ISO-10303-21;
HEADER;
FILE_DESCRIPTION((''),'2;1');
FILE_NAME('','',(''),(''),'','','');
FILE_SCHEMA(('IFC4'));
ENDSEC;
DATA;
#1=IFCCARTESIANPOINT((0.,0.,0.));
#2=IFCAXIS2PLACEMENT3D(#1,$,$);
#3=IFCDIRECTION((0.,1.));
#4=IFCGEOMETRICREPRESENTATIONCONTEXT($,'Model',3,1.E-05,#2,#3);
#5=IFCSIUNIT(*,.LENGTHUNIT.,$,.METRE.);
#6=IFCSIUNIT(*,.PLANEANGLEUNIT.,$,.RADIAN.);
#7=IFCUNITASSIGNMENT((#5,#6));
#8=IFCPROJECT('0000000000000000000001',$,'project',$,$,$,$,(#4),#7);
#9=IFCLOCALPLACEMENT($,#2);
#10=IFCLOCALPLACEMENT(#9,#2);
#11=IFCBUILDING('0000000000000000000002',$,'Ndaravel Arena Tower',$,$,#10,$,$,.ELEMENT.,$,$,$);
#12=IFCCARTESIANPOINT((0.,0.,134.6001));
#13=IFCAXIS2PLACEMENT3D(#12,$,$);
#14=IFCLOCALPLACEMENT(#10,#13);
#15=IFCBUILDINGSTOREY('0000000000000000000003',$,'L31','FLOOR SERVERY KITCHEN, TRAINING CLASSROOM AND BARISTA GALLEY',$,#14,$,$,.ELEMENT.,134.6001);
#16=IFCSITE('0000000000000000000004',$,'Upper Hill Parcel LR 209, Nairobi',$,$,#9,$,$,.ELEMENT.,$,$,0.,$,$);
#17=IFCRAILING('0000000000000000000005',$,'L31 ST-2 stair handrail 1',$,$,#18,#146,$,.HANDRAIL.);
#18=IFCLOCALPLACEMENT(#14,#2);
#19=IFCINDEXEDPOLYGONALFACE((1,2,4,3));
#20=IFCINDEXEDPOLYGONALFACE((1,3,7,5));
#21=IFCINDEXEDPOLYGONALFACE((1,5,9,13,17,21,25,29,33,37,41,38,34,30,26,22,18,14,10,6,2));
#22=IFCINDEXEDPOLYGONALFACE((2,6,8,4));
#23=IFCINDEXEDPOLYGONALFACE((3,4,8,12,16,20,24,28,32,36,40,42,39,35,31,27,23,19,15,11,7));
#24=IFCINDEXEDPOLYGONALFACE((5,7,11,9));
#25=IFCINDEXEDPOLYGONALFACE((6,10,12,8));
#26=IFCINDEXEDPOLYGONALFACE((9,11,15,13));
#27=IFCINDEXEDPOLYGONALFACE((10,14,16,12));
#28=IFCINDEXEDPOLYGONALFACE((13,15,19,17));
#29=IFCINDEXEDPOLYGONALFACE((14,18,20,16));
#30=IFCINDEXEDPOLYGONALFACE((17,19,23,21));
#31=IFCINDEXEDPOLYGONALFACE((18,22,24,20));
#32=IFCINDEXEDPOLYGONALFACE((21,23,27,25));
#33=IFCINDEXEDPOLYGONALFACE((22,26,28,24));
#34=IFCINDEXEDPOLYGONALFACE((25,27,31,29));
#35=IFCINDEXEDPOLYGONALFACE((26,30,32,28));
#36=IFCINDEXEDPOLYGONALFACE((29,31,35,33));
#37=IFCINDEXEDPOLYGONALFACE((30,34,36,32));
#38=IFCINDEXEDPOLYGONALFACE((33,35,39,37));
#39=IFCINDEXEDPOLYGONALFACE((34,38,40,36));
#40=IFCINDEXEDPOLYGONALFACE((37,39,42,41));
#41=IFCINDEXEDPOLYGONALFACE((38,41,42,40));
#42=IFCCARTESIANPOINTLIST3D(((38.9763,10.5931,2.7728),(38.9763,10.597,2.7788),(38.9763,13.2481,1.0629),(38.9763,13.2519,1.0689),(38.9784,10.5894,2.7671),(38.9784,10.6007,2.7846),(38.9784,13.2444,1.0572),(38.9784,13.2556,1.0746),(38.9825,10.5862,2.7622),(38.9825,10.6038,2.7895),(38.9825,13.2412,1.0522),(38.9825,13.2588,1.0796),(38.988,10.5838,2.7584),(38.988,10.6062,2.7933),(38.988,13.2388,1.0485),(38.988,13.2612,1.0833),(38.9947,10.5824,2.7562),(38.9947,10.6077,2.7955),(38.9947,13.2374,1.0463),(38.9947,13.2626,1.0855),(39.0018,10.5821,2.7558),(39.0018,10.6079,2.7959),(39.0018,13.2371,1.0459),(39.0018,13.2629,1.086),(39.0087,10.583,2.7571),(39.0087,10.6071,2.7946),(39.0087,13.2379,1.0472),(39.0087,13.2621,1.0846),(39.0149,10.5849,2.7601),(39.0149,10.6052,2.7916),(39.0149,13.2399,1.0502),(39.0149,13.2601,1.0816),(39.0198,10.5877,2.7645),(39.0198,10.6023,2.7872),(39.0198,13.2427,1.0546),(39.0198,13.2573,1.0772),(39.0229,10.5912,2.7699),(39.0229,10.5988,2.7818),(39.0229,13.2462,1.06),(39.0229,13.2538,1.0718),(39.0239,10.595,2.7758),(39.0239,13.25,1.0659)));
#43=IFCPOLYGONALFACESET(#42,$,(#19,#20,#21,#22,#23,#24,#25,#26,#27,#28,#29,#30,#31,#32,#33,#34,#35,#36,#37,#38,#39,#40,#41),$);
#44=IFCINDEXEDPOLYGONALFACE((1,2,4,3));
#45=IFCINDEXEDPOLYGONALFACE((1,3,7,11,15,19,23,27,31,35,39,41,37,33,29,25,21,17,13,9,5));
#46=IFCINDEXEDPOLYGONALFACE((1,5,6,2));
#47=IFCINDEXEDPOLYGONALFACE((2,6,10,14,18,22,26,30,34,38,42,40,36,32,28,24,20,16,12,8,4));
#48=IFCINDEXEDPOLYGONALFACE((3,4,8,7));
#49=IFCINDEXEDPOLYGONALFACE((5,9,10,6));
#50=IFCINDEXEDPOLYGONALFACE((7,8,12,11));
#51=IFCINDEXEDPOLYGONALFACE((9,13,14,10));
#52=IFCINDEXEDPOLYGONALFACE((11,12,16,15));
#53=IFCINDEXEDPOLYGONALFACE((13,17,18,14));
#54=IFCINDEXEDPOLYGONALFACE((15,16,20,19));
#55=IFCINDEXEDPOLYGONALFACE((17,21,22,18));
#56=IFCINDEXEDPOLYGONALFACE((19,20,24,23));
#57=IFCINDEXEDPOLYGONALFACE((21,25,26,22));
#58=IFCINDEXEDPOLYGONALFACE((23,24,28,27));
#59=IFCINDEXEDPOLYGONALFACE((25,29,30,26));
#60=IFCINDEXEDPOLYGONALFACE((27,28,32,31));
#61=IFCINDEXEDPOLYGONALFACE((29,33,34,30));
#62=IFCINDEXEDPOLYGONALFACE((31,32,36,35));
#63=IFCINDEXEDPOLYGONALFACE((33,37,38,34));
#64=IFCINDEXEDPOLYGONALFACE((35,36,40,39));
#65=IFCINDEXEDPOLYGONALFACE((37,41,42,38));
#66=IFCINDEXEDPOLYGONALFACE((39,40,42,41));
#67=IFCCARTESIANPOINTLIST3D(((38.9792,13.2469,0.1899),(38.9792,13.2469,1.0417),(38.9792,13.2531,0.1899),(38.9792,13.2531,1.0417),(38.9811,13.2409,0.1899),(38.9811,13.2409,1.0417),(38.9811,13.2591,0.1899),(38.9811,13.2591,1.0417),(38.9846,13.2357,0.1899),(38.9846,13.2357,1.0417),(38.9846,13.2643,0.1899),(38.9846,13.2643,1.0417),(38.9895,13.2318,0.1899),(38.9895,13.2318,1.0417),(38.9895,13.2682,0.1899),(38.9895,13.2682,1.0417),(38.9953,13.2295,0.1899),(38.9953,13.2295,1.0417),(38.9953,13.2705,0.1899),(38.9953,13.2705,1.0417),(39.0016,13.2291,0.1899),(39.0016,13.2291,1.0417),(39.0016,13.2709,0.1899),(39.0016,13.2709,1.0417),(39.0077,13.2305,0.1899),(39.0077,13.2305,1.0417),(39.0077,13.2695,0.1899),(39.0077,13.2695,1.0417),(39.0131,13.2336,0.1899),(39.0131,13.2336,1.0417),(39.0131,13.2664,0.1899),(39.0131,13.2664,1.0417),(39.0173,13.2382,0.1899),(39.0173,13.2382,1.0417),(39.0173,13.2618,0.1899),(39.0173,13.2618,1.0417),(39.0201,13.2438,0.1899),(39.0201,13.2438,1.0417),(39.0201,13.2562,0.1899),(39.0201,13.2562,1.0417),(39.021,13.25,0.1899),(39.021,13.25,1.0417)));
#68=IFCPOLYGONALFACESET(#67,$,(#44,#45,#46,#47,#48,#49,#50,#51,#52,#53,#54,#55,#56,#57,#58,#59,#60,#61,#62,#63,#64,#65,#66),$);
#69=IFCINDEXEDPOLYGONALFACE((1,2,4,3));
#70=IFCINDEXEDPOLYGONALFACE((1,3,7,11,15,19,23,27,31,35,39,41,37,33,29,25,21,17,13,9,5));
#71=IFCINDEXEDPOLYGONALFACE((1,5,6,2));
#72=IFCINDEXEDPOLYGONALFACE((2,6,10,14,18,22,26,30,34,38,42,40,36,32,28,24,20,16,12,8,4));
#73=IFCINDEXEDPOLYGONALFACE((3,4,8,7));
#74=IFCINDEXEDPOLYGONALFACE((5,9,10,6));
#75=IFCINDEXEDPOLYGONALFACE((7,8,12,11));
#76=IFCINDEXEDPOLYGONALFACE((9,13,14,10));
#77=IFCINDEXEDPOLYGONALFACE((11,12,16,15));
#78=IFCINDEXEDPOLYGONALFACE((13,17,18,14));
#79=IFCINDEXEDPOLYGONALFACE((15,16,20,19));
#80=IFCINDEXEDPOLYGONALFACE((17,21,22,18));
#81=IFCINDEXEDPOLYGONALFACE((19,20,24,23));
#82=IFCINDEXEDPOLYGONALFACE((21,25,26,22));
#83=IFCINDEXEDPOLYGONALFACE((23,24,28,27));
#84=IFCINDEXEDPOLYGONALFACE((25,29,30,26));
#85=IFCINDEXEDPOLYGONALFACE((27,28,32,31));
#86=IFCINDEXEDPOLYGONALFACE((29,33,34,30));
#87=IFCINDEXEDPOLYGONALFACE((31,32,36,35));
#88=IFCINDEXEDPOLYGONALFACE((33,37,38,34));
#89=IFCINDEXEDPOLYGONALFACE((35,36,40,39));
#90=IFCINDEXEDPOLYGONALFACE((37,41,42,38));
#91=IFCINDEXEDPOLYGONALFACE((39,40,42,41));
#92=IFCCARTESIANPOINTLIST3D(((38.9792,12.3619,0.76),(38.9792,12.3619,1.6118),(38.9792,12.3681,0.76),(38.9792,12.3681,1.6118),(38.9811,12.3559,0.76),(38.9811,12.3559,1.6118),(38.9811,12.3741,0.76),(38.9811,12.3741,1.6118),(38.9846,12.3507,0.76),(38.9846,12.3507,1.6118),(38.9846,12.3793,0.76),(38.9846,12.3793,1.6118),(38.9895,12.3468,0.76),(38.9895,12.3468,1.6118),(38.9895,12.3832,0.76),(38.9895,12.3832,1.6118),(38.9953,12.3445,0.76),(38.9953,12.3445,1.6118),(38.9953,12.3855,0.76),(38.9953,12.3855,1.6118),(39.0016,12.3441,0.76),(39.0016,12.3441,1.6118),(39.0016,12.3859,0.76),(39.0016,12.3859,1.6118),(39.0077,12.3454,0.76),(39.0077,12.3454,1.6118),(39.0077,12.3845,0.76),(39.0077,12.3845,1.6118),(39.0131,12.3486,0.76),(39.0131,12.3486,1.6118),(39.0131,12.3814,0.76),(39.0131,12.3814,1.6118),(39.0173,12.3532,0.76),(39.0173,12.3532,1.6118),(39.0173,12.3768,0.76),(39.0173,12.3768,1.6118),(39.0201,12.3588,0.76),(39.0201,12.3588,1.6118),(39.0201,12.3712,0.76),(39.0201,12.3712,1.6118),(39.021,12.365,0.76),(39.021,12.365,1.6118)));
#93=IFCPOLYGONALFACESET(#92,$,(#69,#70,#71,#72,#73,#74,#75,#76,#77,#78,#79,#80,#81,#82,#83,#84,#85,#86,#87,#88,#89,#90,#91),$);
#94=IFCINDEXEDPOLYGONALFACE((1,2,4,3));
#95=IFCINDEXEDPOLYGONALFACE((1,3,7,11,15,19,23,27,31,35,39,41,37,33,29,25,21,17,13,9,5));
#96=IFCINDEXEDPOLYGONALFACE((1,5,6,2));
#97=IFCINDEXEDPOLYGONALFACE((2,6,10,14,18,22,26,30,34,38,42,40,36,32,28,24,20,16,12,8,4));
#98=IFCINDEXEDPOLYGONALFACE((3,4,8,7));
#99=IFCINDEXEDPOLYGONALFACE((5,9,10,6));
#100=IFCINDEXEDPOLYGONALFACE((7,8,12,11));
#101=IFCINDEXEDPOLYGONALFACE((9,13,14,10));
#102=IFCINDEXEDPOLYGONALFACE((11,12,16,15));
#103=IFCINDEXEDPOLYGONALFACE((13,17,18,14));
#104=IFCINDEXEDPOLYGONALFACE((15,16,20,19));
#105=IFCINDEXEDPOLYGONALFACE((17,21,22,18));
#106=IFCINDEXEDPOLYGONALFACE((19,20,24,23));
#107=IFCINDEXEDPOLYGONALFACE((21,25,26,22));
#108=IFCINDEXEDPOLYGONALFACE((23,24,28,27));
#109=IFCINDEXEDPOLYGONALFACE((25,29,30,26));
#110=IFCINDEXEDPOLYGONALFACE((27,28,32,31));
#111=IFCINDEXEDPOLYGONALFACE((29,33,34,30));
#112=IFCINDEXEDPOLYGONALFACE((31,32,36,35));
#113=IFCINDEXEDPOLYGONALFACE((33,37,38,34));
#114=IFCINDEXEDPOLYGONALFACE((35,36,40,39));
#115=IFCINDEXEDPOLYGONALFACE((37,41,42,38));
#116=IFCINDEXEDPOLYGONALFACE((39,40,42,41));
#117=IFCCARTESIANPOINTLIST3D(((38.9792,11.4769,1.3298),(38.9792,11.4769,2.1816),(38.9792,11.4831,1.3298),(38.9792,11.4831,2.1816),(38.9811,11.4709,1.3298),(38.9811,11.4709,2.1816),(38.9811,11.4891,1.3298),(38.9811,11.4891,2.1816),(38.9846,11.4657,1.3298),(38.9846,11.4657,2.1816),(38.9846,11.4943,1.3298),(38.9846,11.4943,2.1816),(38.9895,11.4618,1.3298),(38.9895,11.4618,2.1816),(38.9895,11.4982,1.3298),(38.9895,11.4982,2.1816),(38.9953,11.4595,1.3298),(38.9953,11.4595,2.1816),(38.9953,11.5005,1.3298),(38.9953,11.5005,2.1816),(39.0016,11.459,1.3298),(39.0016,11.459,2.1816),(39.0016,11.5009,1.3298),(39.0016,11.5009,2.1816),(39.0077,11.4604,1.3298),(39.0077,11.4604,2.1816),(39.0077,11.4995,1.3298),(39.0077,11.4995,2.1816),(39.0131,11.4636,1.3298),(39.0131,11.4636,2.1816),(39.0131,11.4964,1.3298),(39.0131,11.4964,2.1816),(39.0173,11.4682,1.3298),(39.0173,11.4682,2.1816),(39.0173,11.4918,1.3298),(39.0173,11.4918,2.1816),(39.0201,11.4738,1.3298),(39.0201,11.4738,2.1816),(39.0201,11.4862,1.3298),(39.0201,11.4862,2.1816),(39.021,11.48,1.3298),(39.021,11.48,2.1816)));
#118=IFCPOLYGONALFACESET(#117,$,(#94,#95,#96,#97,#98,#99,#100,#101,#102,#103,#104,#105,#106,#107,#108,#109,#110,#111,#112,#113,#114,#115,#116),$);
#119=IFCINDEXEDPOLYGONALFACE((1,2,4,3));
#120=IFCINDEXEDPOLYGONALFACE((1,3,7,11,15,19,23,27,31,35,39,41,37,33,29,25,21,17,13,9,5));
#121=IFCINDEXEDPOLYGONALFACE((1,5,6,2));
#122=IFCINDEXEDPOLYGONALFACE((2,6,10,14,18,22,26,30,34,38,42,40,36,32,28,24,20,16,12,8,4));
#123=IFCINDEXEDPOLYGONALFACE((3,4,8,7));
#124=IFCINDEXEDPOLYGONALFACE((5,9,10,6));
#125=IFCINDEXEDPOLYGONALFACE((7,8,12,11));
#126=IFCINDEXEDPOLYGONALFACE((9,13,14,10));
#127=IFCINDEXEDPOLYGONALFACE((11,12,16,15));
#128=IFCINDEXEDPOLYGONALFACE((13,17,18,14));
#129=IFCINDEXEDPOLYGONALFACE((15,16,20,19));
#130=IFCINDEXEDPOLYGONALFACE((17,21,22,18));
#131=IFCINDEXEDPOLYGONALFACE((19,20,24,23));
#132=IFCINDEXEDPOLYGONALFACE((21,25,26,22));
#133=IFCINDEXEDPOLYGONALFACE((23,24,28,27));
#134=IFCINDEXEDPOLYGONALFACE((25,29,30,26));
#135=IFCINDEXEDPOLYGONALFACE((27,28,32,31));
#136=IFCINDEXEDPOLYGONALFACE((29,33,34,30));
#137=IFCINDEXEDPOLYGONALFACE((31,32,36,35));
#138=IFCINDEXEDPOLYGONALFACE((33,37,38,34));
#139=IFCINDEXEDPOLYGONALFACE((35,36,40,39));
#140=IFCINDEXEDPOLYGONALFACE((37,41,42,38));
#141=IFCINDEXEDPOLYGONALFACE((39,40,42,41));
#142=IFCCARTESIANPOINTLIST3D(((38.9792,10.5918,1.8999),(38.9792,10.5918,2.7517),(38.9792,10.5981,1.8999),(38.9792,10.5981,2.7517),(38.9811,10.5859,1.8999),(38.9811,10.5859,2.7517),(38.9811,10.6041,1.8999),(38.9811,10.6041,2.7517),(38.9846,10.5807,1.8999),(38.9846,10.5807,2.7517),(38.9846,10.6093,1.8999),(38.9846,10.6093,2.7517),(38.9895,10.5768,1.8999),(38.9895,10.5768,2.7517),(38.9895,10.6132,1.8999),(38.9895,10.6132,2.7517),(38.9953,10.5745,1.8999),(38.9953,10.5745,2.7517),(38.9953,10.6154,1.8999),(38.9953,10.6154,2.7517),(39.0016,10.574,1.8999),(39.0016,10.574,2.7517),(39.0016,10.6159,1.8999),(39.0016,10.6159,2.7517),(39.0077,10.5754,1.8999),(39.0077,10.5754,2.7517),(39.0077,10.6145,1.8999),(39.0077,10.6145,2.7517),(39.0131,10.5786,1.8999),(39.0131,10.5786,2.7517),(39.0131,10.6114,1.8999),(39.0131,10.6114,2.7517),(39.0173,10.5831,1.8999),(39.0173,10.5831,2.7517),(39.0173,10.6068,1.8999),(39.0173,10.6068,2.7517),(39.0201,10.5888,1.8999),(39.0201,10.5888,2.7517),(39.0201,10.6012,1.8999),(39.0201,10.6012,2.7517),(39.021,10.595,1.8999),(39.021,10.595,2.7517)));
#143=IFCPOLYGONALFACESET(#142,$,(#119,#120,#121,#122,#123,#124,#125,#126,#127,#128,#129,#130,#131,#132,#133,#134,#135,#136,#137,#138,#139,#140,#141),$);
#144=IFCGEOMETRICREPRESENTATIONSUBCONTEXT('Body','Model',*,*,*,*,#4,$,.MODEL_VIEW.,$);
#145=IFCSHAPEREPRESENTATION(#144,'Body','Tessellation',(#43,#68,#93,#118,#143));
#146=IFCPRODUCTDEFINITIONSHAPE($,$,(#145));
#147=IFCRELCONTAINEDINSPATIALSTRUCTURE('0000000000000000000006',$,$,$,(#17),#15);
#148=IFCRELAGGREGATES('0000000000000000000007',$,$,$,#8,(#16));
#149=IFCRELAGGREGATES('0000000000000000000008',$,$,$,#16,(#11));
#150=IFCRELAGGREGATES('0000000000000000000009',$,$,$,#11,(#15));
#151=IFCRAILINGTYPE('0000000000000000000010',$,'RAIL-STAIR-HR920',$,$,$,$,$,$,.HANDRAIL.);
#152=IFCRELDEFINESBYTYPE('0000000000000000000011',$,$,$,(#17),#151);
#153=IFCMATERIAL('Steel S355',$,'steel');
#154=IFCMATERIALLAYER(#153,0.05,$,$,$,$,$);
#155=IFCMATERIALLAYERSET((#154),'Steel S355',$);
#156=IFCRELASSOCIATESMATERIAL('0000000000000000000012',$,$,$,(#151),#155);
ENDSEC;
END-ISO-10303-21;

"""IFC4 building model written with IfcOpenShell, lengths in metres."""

from ifc_helpers import new_model, si_unit, direction, frame, origin, origin_2d, place, context, subcontext, project, spatial, circle, extrude, material, layer, layer_set, type_object, element, save


model = new_model("IFC4")

# Units and contexts
model_context = context("Model", 3, precision=1e-05, world=origin(), true_north=direction((0.0, 1.0)))
body_context = subcontext(model_context, "Body", "Model", "MODEL_VIEW")
ifc_project = project(units=[si_unit("LENGTHUNIT", "METRE"), si_unit("PLANEANGLEUNIT", "RADIAN")], contexts=[model_context])

# Site, building, storey
site_placement = place(None, origin())
site = spatial("IfcSite", under=ifc_project, at=site_placement, Name="Upper Hill Parcel LR 209, Nairobi", CompositionType="ELEMENT", RefElevation=0.0)
building_placement = place(site_placement, origin())
building = spatial("IfcBuilding", under=site, at=building_placement, Name="Ndaravel Arena Tower", CompositionType="ELEMENT")
storey_placement = place(building_placement, frame((0.0, 0.0, 134.6001)))
storey = spatial("IfcBuildingStorey", under=building, at=storey_placement, Name="L31", Description="FLOOR SERVERY KITCHEN, TRAINING CLASSROOM AND BARISTA GALLEY", CompositionType="ELEMENT", Elevation=134.6001)

# Railing
ifc_material_1 = material(Name="Steel S355", Category="steel")
ifc_layer_1 = layer(ifc_material_1, 0.05)
ifc_layer_set_1 = layer_set([ifc_layer_1], Name="Steel S355")
railing_type_1 = type_object("IfcRailingType", Name="RAIL-STAIR-HR920", PredefinedType="HANDRAIL", material=ifc_layer_set_1)
railing_1_placement = place(storey_placement, frame((39.0, 13.25, 0.1899)))
element("IfcRailing", 1, at=railing_1_placement, inside=storey, type_object=railing_type_1, Name="L31 ST-2 stair handrail 1", PredefinedType="HANDRAIL", context=body_context, shape_type="SweptSolid", body=[
    extrude(circle(Radius=0.0239, at=origin_2d()), frame((0.0, 0.0, 0.876), z_axis=(0.0, -0.840724, 0.541465), x_axis=(1.0, 0.0, 0.0)), (0.0, 0.0, 1.0), 3.158),
    extrude(circle(Radius=0.021, at=origin_2d()), origin(), (0.0, 0.0, 1.0), 0.8518),
    extrude(circle(Radius=0.021, at=origin_2d()), frame((0.0, -0.885, 0.5701)), (0.0, 0.0, 1.0), 0.8518),
    extrude(circle(Radius=0.021, at=origin_2d()), frame((0.0, -1.77, 1.1399)), (0.0, 0.0, 1.0), 0.8518),
    extrude(circle(Radius=0.021, at=origin_2d()), frame((0.0, -2.655, 1.71)), (0.0, 0.0, 1.0), 0.8518),
])

save(model, "model.ifc")
